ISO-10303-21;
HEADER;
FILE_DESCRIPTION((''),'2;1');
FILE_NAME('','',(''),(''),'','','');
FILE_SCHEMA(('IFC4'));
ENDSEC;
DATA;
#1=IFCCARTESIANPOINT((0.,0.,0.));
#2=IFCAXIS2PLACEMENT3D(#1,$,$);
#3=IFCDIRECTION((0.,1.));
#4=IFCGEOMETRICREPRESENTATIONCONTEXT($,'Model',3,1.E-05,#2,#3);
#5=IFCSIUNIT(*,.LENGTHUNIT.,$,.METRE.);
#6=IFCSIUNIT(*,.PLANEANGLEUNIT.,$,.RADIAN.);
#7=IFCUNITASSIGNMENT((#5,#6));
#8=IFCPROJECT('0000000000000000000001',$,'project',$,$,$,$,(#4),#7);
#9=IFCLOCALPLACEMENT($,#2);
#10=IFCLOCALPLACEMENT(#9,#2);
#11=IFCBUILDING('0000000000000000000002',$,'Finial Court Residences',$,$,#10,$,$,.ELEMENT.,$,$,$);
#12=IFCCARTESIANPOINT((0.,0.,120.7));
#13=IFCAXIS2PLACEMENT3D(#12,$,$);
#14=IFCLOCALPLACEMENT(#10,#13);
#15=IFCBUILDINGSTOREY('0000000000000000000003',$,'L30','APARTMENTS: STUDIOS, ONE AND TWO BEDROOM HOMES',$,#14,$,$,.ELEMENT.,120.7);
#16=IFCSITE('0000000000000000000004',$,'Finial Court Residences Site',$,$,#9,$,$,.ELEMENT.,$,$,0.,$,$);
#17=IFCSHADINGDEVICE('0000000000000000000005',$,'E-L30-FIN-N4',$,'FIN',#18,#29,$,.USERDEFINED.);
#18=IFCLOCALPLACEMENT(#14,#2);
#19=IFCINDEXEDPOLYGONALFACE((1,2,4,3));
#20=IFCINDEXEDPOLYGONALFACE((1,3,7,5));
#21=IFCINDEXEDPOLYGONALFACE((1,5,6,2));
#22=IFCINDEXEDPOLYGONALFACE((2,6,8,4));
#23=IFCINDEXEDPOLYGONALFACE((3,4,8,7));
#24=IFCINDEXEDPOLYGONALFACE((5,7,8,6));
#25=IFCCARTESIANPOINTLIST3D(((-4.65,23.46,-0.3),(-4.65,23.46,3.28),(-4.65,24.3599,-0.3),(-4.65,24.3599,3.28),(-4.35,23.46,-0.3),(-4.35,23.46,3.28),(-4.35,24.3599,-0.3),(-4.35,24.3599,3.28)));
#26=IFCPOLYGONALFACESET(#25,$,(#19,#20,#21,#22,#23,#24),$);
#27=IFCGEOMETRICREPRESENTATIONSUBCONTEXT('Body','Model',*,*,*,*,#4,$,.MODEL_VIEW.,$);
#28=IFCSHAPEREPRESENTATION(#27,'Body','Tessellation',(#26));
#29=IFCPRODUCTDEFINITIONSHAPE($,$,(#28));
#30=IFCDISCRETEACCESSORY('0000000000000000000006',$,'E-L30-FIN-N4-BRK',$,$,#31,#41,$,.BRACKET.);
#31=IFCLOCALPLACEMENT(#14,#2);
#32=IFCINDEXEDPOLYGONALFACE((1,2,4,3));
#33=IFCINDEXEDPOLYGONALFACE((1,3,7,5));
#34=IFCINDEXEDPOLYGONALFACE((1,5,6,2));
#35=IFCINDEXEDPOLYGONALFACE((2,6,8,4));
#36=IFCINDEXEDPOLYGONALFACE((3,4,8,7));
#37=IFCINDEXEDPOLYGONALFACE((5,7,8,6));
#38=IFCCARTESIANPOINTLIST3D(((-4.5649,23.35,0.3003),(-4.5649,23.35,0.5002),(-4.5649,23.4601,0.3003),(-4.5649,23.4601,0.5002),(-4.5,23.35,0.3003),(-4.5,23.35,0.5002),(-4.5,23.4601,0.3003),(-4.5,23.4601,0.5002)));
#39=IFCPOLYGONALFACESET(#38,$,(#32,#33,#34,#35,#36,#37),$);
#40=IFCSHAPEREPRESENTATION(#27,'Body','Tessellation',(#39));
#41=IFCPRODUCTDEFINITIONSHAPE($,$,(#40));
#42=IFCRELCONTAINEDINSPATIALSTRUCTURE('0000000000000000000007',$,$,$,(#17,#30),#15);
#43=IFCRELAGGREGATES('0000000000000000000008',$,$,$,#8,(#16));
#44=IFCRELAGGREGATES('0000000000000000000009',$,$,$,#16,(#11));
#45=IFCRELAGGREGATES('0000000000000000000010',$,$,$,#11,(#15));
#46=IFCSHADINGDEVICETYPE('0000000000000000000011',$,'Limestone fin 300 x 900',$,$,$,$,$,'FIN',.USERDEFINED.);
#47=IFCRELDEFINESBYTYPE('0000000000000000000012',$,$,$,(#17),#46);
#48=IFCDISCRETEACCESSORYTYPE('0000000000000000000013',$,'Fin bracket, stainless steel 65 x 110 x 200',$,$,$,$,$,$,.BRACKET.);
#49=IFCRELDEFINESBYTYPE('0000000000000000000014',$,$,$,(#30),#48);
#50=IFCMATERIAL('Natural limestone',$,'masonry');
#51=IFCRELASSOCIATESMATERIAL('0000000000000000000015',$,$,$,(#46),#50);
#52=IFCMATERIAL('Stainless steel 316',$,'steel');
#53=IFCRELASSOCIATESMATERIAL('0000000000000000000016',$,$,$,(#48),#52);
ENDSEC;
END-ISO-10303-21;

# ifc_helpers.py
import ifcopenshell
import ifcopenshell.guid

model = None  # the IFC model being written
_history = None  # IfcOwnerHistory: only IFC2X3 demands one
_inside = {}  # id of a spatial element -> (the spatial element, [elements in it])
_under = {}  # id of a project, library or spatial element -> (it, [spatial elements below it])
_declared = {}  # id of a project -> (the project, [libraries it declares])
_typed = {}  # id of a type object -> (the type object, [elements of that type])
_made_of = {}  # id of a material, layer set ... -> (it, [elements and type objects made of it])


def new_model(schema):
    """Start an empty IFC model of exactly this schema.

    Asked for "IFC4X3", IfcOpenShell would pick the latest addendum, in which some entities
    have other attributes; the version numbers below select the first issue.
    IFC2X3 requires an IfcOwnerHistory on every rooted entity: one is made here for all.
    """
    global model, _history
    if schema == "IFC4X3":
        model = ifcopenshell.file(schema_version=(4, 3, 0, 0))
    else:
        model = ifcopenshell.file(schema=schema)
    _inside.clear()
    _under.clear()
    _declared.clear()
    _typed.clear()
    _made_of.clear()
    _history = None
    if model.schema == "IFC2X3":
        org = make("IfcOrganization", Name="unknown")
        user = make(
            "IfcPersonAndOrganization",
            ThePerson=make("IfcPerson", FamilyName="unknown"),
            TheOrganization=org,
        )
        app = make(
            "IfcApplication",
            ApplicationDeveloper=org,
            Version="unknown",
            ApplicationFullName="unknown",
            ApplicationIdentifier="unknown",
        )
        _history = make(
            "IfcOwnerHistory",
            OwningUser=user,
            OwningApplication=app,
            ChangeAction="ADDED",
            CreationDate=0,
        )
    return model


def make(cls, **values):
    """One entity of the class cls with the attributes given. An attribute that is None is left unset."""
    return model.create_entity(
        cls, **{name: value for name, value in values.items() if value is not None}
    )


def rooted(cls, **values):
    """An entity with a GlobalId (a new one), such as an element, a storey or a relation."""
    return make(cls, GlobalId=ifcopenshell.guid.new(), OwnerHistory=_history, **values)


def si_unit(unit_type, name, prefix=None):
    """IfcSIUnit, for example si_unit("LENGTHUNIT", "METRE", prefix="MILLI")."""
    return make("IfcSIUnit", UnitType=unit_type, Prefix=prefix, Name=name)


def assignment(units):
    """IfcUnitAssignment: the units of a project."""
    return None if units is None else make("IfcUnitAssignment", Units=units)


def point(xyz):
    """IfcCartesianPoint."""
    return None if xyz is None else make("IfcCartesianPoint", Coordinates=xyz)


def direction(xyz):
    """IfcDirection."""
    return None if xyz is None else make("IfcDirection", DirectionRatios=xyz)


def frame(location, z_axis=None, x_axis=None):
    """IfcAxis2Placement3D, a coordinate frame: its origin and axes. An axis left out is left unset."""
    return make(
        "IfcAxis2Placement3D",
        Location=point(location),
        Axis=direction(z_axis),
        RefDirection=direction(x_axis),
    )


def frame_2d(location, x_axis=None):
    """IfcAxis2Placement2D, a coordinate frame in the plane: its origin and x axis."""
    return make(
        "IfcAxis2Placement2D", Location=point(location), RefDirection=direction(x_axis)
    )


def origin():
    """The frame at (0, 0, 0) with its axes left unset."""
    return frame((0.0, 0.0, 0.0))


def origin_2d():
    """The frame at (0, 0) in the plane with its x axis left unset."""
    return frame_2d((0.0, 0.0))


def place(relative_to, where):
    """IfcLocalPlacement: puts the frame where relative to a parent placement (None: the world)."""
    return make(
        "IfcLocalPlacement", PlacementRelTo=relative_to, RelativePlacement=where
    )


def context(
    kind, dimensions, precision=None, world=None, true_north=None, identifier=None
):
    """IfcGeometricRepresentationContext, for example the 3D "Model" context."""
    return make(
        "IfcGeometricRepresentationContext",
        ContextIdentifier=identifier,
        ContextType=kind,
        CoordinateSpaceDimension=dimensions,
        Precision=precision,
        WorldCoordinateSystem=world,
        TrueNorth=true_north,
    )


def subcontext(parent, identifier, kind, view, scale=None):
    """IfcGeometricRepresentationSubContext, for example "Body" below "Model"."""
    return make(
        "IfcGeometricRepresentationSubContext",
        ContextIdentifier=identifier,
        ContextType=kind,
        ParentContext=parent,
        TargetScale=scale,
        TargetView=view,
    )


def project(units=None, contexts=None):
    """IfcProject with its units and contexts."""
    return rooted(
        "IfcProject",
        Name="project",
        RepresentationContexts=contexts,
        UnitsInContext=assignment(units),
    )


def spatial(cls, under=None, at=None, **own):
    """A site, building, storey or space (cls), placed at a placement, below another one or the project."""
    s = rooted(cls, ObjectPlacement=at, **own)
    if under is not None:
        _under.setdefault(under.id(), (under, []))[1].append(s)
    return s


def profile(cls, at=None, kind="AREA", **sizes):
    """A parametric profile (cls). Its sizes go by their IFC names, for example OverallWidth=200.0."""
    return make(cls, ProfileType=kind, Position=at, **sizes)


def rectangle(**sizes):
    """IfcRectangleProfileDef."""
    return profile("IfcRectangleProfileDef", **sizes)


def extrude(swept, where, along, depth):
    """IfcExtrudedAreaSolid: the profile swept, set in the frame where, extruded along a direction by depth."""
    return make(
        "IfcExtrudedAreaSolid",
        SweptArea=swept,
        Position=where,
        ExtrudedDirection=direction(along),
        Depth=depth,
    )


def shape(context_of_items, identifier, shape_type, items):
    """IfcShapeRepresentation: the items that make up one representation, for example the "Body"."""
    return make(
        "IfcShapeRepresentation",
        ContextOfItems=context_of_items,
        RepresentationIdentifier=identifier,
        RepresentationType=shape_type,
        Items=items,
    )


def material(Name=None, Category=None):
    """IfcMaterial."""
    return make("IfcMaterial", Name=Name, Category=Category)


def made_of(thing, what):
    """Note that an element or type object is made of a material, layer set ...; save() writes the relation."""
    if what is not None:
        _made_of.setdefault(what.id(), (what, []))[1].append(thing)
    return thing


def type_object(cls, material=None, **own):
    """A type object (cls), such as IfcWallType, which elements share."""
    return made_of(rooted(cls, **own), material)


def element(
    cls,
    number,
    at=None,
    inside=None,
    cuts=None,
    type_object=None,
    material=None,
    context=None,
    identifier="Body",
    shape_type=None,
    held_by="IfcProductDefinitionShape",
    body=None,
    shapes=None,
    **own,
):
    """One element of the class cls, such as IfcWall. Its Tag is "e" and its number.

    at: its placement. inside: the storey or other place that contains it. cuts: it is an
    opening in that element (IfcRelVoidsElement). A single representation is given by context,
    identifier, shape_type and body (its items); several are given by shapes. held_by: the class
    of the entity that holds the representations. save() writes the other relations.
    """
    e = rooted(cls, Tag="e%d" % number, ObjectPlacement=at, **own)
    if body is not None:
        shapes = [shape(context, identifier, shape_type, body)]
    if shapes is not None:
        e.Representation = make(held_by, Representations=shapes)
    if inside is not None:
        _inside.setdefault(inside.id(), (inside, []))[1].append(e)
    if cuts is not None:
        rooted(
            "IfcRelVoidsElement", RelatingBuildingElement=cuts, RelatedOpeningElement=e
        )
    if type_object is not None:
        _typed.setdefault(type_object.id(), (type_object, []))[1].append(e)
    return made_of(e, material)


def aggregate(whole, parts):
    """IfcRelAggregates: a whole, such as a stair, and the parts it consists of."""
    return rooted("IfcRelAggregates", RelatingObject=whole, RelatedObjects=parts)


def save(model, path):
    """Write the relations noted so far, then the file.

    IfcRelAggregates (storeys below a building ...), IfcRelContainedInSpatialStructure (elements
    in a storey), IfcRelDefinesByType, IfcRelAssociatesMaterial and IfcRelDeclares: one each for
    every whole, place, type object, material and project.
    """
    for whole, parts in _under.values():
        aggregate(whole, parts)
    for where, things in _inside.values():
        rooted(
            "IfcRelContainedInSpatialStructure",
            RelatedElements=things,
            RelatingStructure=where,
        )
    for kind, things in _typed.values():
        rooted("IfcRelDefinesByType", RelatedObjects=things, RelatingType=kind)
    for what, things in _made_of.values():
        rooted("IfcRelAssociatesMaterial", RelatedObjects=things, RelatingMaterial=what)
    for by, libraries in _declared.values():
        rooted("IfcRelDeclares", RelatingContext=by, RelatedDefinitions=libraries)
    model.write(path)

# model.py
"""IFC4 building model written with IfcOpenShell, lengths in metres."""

from ifc_helpers import new_model, si_unit, direction, frame, origin, origin_2d, place, context, subcontext, project, spatial, rectangle, extrude, material, type_object, element, save


model = new_model("IFC4")

# Units and contexts
model_context = context("Model", 3, precision=1e-05, world=origin(), true_north=direction((0.0, 1.0)))
body_context = subcontext(model_context, "Body", "Model", "MODEL_VIEW")
ifc_project = project(units=[si_unit("LENGTHUNIT", "METRE"), si_unit("PLANEANGLEUNIT", "RADIAN")], contexts=[model_context])

# Site, building, storey
site_placement = place(None, origin())
site = spatial("IfcSite", under=ifc_project, at=site_placement, Name="Finial Court Residences Site", CompositionType="ELEMENT", RefElevation=0.0)
building_placement = place(site_placement, origin())
building = spatial("IfcBuilding", under=site, at=building_placement, Name="Finial Court Residences", CompositionType="ELEMENT")
storey_placement = place(building_placement, frame((0.0, 0.0, 120.7)))
storey = spatial("IfcBuildingStorey", under=building, at=storey_placement, Name="L30", Description="APARTMENTS: STUDIOS, ONE AND TWO BEDROOM HOMES", CompositionType="ELEMENT", Elevation=120.7)

# Shared definitions
ifc_material_1 = material(Name="Natural limestone", Category="masonry")

# Shading device
shading_device_type = type_object("IfcShadingDeviceType", Name="Limestone fin 300 x 900", ElementType="FIN", PredefinedType="USERDEFINED", material=ifc_material_1)
for number, where, z_axis, x_axis, name in (
    (1, (-4.5, 23.9099, -0.3), (0.0, 0.0, 1.0), (1.0, 0.0, 0.0), "E-L30-FIN-N4"),
):
    element("IfcShadingDevice", number, at=place(storey_placement, frame(where, z_axis=z_axis, x_axis=x_axis)), inside=storey, type_object=shading_device_type, Name=name, ObjectType="FIN", PredefinedType="USERDEFINED", context=body_context, shape_type="SweptSolid", body=[
        extrude(rectangle(XDim=0.3, YDim=0.8999, at=origin_2d()), origin(), (0.0, 0.0, 1.0), 3.5801),
    ])

# Discrete accessory
ifc_material_2 = material(Name="Stainless steel 316", Category="steel")
discrete_accessory_type = type_object("IfcDiscreteAccessoryType", Name="Fin bracket, stainless steel 65 x 110 x 200", PredefinedType="BRACKET", material=ifc_material_2)
discrete_accessory_placement = place(storey_placement, frame((-4.5325, 23.405, 0.3003), z_axis=(0.0, 0.0, 1.0), x_axis=(1.0, 0.0, 0.0)))
element("IfcDiscreteAccessory", 2, at=discrete_accessory_placement, inside=storey, type_object=discrete_accessory_type, Name="E-L30-FIN-N4-BRK", PredefinedType="BRACKET", context=body_context, shape_type="SweptSolid", body=[
    extrude(rectangle(XDim=0.0649, YDim=0.1101, at=origin_2d()), origin(), (0.0, 0.0, 1.0), 0.2),
])

save(model, "model.ifc")
